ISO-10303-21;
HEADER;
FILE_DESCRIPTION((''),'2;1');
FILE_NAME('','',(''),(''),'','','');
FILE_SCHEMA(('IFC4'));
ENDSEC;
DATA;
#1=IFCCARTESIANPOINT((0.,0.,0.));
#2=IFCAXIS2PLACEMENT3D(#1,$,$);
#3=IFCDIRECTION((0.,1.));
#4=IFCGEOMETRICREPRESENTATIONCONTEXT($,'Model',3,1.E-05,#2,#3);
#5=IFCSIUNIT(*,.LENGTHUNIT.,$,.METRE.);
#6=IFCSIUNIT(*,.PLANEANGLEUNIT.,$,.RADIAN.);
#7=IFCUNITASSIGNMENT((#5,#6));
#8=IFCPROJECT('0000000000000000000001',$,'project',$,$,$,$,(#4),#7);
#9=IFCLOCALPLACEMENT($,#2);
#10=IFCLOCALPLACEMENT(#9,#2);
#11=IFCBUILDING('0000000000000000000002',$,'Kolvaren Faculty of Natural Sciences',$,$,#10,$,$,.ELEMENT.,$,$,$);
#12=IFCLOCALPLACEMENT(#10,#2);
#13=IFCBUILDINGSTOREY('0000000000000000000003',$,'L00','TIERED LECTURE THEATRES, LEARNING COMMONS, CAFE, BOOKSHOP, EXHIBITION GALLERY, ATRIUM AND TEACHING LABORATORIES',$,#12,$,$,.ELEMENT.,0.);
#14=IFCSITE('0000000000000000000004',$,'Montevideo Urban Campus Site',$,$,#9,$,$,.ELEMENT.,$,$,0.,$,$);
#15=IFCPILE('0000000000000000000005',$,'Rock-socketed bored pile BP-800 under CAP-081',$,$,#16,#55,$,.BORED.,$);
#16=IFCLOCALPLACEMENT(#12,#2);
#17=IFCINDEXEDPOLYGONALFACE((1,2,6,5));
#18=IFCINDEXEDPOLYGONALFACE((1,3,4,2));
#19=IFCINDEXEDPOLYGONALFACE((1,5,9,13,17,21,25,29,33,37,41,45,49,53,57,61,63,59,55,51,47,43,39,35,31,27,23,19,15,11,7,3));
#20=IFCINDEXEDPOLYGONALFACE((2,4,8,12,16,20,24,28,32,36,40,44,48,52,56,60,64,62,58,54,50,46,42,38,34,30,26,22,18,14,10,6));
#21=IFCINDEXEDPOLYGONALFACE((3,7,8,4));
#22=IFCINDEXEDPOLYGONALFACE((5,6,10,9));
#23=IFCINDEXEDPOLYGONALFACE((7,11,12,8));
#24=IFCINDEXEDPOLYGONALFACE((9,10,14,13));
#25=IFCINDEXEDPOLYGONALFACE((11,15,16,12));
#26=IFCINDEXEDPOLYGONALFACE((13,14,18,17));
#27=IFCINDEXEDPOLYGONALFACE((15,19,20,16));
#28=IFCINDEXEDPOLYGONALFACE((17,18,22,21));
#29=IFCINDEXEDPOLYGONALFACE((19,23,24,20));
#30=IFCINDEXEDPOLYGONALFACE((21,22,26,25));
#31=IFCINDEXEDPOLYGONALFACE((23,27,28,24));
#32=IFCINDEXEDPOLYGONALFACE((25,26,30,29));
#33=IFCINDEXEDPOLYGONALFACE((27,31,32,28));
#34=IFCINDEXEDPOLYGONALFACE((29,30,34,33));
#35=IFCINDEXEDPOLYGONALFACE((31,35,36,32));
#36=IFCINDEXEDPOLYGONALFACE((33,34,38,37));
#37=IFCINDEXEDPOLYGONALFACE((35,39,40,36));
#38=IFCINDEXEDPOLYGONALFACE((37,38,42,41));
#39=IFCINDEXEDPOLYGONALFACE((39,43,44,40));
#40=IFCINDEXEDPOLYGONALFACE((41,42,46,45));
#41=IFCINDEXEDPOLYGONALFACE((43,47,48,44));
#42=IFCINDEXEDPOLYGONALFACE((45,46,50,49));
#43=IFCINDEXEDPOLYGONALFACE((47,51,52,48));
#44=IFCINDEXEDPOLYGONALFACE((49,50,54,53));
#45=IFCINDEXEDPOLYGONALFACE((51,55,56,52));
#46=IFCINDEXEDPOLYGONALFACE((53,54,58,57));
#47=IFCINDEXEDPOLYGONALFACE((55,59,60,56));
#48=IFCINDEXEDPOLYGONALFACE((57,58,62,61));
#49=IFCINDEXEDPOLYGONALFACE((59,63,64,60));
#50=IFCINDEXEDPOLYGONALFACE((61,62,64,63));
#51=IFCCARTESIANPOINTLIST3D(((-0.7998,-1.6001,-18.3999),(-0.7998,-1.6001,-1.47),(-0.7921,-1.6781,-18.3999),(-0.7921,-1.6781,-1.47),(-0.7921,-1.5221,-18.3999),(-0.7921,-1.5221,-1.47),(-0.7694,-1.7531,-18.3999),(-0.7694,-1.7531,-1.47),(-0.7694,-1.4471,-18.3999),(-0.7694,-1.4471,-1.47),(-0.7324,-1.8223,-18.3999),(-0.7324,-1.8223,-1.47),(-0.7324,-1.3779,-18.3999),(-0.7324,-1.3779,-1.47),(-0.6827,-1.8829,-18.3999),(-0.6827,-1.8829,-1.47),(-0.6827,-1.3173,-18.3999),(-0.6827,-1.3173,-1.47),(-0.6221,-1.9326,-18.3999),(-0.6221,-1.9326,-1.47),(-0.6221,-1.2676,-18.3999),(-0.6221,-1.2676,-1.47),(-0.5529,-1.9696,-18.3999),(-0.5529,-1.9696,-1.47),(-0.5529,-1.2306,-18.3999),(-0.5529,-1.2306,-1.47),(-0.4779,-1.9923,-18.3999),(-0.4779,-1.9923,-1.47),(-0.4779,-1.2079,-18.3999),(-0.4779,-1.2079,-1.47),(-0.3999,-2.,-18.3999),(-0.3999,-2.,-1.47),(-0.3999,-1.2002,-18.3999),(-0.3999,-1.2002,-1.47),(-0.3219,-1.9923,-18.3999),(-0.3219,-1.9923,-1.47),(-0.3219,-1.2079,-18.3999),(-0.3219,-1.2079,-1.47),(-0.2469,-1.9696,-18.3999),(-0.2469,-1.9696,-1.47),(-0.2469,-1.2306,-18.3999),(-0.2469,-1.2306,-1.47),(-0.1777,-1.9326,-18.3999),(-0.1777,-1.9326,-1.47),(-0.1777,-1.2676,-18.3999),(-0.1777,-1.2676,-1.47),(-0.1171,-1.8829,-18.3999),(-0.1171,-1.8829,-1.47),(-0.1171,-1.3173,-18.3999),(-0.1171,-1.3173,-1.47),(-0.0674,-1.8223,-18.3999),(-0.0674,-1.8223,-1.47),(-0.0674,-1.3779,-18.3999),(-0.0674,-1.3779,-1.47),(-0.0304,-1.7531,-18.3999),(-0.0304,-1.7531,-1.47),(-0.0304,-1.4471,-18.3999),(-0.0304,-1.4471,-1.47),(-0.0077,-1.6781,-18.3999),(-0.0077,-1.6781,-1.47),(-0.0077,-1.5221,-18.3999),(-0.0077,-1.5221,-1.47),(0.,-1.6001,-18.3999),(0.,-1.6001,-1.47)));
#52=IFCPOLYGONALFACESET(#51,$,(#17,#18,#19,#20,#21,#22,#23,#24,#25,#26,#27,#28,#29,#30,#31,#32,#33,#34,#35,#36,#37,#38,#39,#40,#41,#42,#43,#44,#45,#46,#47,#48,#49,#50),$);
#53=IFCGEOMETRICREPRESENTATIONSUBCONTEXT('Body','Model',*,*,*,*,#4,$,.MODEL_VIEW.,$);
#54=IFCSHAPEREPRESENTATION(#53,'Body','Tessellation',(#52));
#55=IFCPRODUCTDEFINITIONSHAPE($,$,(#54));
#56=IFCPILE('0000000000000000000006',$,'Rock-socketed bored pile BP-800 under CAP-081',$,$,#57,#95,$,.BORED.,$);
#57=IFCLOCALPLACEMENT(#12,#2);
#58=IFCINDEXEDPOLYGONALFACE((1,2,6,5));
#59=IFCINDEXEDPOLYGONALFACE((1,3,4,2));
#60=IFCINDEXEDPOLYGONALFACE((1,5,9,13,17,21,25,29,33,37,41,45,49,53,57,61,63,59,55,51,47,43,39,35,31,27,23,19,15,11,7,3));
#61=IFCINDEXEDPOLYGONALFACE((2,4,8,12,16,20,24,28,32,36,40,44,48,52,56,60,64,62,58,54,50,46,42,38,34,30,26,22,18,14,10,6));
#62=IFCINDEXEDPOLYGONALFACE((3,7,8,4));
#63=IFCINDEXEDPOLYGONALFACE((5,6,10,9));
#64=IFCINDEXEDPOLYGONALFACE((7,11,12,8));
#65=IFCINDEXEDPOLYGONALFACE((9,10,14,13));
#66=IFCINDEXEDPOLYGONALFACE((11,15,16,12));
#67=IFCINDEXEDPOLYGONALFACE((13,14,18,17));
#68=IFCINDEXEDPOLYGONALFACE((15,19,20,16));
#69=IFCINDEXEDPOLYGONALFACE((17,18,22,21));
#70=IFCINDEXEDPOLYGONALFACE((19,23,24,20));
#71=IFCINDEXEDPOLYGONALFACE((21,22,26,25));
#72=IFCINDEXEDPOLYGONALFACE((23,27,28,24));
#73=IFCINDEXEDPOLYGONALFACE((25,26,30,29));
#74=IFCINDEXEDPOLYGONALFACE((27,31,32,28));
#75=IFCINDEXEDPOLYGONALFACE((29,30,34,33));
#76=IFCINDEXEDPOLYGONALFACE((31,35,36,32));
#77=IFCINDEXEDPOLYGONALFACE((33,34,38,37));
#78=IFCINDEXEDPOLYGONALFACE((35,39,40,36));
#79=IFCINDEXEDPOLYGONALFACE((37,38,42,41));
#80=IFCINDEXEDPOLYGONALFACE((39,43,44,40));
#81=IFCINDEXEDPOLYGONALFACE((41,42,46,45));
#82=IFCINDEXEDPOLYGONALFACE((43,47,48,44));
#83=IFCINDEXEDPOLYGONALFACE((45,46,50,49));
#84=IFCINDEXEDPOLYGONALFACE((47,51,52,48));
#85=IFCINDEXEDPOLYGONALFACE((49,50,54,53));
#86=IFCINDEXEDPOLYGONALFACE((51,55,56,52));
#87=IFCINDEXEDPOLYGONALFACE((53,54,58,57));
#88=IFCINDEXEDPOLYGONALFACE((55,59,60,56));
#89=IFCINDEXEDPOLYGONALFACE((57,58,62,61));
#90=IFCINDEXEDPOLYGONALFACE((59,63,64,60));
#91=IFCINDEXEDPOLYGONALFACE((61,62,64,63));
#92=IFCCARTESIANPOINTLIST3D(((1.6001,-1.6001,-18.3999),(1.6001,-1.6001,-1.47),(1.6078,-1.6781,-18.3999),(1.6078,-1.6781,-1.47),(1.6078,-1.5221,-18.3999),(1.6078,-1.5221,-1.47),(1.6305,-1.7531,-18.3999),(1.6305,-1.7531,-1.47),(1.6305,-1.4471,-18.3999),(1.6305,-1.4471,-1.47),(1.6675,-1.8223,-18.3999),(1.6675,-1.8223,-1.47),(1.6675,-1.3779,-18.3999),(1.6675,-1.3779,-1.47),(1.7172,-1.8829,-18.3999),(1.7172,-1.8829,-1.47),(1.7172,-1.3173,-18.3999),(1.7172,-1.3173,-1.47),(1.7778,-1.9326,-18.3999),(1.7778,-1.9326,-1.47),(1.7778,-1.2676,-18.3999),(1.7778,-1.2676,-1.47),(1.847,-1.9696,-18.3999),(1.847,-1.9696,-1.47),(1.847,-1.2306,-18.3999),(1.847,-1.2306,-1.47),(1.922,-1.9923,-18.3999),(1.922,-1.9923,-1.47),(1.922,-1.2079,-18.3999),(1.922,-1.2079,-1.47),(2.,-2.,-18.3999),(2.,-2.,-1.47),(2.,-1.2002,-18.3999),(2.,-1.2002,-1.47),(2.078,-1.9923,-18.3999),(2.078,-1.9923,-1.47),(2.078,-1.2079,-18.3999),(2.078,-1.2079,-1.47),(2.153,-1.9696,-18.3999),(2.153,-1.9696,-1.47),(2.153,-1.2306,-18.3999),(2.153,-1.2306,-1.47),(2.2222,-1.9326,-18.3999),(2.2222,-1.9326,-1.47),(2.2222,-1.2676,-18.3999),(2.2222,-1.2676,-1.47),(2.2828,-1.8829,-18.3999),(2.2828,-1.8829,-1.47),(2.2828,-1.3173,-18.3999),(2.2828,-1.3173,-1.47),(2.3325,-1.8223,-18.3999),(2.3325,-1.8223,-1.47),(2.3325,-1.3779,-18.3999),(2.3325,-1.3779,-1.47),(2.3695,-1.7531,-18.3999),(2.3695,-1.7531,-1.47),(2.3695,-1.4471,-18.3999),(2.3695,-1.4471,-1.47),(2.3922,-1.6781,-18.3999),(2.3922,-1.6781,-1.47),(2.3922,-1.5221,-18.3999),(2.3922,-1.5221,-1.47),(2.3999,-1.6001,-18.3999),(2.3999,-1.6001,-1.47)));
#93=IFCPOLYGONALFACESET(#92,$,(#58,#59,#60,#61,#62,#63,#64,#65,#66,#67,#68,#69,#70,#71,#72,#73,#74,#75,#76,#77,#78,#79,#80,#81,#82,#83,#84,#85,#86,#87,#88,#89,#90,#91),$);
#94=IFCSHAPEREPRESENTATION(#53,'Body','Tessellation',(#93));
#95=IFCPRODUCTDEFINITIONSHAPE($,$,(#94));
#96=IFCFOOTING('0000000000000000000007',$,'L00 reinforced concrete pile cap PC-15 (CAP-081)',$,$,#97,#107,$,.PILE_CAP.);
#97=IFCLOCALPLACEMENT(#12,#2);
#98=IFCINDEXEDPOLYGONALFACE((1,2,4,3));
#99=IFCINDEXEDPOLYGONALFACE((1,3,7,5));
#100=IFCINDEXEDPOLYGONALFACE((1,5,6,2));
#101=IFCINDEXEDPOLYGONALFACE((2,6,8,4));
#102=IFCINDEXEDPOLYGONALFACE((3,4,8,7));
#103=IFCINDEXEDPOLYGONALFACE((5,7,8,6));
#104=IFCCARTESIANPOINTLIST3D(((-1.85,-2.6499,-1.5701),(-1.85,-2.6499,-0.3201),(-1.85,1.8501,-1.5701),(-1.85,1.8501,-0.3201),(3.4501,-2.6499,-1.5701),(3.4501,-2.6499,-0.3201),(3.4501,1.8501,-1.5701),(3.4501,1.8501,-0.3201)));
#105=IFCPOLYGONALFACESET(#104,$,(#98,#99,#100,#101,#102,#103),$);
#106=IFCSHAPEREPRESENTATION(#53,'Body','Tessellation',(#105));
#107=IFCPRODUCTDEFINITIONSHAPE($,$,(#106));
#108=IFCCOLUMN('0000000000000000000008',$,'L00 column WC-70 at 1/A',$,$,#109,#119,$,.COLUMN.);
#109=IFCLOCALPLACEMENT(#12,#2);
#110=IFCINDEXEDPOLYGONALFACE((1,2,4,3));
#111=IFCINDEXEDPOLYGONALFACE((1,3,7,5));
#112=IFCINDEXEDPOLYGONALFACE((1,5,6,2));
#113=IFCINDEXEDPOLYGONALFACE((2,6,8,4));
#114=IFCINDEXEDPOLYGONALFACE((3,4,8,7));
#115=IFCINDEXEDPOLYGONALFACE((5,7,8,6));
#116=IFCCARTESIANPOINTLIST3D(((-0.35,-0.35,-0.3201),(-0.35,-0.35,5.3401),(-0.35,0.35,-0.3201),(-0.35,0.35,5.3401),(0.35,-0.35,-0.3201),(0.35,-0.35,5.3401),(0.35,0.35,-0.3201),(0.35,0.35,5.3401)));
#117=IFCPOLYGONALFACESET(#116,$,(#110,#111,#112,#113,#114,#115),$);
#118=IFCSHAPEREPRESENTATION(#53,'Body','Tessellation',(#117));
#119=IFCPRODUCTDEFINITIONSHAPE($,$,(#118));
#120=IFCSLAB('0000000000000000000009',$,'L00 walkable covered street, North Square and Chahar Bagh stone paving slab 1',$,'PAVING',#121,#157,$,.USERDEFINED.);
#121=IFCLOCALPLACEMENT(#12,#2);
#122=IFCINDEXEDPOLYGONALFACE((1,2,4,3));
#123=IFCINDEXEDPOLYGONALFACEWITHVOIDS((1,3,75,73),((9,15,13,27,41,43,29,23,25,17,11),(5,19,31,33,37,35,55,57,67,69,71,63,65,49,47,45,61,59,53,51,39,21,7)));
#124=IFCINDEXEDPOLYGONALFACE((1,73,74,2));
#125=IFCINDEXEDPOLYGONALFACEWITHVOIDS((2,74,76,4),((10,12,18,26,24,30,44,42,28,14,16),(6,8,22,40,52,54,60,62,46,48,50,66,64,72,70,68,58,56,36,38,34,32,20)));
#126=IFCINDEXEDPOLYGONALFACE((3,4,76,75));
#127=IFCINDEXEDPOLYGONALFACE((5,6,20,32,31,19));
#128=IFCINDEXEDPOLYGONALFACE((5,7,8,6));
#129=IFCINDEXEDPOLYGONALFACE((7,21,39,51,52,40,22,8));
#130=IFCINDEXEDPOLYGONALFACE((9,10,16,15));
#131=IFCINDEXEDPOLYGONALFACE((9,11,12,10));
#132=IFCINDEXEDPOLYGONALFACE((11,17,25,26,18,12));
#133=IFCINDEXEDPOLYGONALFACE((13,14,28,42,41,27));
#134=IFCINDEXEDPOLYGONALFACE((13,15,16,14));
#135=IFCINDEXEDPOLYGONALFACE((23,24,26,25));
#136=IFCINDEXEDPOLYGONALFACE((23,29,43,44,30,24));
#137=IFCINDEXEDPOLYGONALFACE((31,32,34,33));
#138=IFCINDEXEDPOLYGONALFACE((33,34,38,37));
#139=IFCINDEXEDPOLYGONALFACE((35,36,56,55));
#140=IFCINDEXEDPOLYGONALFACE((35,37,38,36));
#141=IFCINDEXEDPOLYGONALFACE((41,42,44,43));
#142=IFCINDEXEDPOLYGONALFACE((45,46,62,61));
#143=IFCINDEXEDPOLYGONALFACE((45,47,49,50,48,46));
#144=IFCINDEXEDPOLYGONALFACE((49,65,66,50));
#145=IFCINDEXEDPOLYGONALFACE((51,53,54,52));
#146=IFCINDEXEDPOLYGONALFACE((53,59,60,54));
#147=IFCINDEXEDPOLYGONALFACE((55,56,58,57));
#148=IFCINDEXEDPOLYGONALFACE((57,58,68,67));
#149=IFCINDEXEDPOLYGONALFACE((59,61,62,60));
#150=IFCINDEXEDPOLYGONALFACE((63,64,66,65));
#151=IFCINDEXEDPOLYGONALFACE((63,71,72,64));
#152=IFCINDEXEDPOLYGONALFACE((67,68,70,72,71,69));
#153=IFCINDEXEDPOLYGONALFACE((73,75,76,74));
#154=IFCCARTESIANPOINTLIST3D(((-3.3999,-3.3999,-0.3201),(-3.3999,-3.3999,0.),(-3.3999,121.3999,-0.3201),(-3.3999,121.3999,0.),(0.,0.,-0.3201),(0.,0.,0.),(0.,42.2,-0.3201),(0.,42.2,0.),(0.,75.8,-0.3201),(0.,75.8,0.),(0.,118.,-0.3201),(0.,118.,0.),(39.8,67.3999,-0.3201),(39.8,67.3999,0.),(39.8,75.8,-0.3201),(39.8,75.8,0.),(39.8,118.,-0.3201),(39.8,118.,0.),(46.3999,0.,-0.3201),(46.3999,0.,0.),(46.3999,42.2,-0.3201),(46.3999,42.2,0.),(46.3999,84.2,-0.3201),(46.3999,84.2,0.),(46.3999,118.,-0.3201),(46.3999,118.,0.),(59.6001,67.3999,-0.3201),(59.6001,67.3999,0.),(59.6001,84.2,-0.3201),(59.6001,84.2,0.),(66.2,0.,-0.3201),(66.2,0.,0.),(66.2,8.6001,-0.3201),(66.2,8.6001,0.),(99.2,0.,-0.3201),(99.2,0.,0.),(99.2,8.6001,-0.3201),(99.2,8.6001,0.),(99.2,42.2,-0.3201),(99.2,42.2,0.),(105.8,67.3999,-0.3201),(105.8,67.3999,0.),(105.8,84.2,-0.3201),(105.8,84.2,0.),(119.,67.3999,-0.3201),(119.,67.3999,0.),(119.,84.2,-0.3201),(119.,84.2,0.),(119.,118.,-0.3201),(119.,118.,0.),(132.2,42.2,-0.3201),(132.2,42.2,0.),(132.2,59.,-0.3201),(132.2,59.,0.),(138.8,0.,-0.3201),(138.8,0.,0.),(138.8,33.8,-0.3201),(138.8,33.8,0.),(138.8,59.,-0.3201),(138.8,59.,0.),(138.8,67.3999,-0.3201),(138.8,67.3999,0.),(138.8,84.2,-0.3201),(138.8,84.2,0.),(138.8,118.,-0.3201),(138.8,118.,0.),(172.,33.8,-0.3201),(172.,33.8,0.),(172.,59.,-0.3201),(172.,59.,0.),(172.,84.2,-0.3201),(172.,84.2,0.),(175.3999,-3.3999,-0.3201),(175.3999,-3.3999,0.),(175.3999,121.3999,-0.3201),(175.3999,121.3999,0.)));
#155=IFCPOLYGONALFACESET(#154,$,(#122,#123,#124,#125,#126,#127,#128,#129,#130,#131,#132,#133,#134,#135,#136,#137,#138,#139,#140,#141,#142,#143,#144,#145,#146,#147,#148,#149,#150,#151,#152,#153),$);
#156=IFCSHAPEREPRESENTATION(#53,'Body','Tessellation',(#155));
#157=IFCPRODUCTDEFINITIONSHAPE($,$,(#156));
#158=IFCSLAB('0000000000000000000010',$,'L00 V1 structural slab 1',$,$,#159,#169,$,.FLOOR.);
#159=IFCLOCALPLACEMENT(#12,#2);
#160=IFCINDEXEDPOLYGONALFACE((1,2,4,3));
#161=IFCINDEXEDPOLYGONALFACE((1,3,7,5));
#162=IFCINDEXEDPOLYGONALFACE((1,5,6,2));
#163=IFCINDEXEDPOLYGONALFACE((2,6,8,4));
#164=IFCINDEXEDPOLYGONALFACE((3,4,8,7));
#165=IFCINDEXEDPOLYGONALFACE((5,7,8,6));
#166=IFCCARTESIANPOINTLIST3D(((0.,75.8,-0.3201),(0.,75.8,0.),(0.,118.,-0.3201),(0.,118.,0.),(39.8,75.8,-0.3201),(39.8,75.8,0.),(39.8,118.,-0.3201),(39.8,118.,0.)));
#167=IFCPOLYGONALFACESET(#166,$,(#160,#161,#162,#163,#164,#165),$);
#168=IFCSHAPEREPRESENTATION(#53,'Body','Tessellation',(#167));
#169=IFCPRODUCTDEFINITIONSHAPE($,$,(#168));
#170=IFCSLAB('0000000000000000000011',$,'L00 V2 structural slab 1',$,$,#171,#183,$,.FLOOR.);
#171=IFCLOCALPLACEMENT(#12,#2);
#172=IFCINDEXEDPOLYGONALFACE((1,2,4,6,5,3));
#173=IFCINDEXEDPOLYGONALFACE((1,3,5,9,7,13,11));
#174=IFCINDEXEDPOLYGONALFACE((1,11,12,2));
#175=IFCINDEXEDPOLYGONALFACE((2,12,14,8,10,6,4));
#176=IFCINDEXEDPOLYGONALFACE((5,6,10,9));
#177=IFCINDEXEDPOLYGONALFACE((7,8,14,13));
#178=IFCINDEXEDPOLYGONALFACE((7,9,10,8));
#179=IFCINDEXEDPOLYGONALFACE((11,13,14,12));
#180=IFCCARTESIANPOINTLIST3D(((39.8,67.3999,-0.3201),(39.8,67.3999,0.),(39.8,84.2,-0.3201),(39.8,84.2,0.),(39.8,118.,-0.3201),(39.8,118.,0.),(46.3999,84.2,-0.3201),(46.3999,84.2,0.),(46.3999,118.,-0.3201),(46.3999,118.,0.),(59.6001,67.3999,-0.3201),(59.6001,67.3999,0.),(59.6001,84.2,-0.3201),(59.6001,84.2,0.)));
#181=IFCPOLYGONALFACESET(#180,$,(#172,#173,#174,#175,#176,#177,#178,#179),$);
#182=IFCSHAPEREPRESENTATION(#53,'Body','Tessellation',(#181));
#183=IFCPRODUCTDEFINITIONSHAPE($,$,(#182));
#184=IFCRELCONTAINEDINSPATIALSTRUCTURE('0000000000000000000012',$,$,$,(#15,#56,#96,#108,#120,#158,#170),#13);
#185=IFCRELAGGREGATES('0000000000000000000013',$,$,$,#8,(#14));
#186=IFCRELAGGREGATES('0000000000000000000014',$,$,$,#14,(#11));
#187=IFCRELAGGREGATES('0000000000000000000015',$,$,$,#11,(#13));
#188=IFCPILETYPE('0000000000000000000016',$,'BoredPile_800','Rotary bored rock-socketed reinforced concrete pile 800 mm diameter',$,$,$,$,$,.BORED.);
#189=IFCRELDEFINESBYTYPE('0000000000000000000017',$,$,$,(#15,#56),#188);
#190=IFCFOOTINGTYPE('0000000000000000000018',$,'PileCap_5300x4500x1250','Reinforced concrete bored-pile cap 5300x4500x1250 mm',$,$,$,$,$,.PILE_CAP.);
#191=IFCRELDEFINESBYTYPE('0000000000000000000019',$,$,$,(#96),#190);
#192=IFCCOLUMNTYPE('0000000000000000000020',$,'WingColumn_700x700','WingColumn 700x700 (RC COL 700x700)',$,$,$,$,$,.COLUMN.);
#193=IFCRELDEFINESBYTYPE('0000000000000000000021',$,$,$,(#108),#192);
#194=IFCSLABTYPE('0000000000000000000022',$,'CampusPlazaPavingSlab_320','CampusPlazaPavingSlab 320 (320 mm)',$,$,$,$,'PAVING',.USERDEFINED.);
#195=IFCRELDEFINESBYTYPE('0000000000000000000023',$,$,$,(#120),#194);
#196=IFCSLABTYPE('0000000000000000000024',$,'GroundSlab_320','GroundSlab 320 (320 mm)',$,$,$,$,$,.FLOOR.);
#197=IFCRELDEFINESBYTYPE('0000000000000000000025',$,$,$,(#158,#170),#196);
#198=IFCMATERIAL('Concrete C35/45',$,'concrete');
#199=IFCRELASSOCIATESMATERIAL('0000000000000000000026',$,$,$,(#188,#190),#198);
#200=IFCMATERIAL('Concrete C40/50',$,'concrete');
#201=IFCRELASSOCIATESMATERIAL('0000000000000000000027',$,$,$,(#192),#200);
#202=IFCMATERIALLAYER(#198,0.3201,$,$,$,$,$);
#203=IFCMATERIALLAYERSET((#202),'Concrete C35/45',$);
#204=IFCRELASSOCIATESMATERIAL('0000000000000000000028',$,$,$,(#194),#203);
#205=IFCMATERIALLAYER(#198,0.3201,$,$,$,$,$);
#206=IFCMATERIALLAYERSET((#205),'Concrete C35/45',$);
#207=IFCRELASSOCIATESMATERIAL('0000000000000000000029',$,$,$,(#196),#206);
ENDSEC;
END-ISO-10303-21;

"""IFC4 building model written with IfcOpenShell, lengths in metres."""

from ifc_helpers import new_model, si_unit, direction, frame, origin, origin_2d, place, context, subcontext, project, spatial, polyline, rectangle, circle, outline, extrude, material, layer, layer_set, material_profile, profile_set, type_object, element, save


model = new_model("IFC4")

# Units and contexts
model_context = context("Model", 3, precision=1e-05, world=origin(), true_north=direction((0.0, 1.0)))
body_context = subcontext(model_context, "Body", "Model", "MODEL_VIEW")
ifc_project = project(units=[si_unit("LENGTHUNIT", "METRE"), si_unit("PLANEANGLEUNIT", "RADIAN")], contexts=[model_context])

# Site, building, storey
site_placement = place(None, origin())
site = spatial("IfcSite", under=ifc_project, at=site_placement, Name="Montevideo Urban Campus Site", CompositionType="ELEMENT", RefElevation=0.0)
building_placement = place(site_placement, origin())
building = spatial("IfcBuilding", under=site, at=building_placement, Name="Kolvaren Faculty of Natural Sciences", CompositionType="ELEMENT")
storey_placement = place(building_placement, origin())
storey = spatial("IfcBuildingStorey", under=building, at=storey_placement, Name="L00", Description="TIERED LECTURE THEATRES, LEARNING COMMONS, CAFE, BOOKSHOP, EXHIBITION GALLERY, ATRIUM AND TEACHING LABORATORIES", CompositionType="ELEMENT", Elevation=0.0)

# Piles
ifc_material_1 = material(Name="Concrete C35/45", Category="concrete")
ifc_material_profile_1 = material_profile(ifc_material_1, circle(Radius=0.3999, at=origin_2d()), Name="PILE D800")
ifc_profile_set_1 = profile_set([ifc_material_profile_1], Name="Concrete C35/45")
pile_type = type_object("IfcPileType", Name="BoredPile_800", Description="Rotary bored rock-socketed reinforced concrete pile 800 mm diameter", PredefinedType="BORED", material=ifc_profile_set_1)
for number, where, z_axis, x_axis, name in (
    (1, (-0.3999, -1.6001, -1.47), (0.0, 0.0, -1.0), (1.0, 0.0, 0.0), "Rock-socketed bored pile BP-800 under CAP-081"),
    (2, (2.0, -1.6001, -1.47), (0.0, 0.0, -1.0), (1.0, 0.0, 0.0), "Rock-socketed bored pile BP-800 under CAP-081"),
):
    element("IfcPile", number, at=place(storey_placement, frame(where, z_axis=z_axis, x_axis=x_axis)), inside=storey, type_object=pile_type, Name=name, PredefinedType="BORED", context=body_context, shape_type="SweptSolid", body=[
        extrude(circle(Radius=0.3999, at=origin_2d()), origin(), (0.0, 0.0, 1.0), 16.9299),
    ])

# Footing
footing_type = type_object("IfcFootingType", Name="PileCap_5300x4500x1250", Description="Reinforced concrete bored-pile cap 5300x4500x1250 mm", PredefinedType="PILE_CAP", material=ifc_material_1)
footing_placement = place(storey_placement, frame((0.8, -0.3999, -1.5701), z_axis=(0.0, 0.0, 1.0), x_axis=(1.0, 0.0, 0.0)))
element("IfcFooting", 3, at=footing_placement, inside=storey, type_object=footing_type, Name="L00 reinforced concrete pile cap PC-15 (CAP-081)", PredefinedType="PILE_CAP", context=body_context, shape_type="SweptSolid", body=[
    extrude(rectangle(XDim=5.3, YDim=4.5, at=origin_2d()), origin(), (0.0, 0.0, 1.0), 1.25),
])

# Column
ifc_material_2 = material(Name="Concrete C40/50", Category="concrete")
ifc_material_profile_2 = material_profile(ifc_material_2, rectangle(XDim=0.7, YDim=0.7, at=origin_2d()), Name="RC COL 700x700")
ifc_profile_set_2 = profile_set([ifc_material_profile_2], Name="Concrete C40/50")
column_type = type_object("IfcColumnType", Name="WingColumn_700x700", Description="WingColumn 700x700 (RC COL 700x700)", PredefinedType="COLUMN", material=ifc_profile_set_2)
column_placement = place(storey_placement, frame((0.0, 0.0, -0.3201), z_axis=(0.0, 0.0, 1.0), x_axis=(1.0, 0.0, 0.0)))
element("IfcColumn", 4, at=column_placement, inside=storey, type_object=column_type, Name="L00 column WC-70 at 1/A", PredefinedType="COLUMN", context=body_context, shape_type="SweptSolid", body=[
    extrude(rectangle(XDim=0.7, YDim=0.7, at=origin_2d()), origin(), (0.0, 0.0, 1.0), 5.6602),
])

# Slabs
ifc_layer_1 = layer(ifc_material_1, 0.3201)
ifc_layer_set_1 = layer_set([ifc_layer_1], Name="Concrete C35/45")
slab_type_1 = type_object("IfcSlabType", Name="CampusPlazaPavingSlab_320", Description="CampusPlazaPavingSlab 320 (320 mm)", ElementType="PAVING", PredefinedType="USERDEFINED", material=ifc_layer_set_1)
slab_1_placement = place(storey_placement, frame((0.0, 0.0, -0.3201)))
element("IfcSlab", 5, at=slab_1_placement, inside=storey, type_object=slab_type_1, Name="L00 walkable covered street, North Square and Chahar Bagh stone paving slab 1", ObjectType="PAVING", PredefinedType="USERDEFINED", context=body_context, shape_type="SweptSolid", body=[
    extrude(outline(polyline([(175.3999, 121.3999), (175.3999, -3.3999), (-3.3999, -3.3999), (-3.3999, 121.3999), (175.3999, 121.3999)]), holes=[polyline([(99.2, 8.6001), (99.2, 0.0), (138.8, 0.0), (138.8, 33.8), (172.0, 33.8), (172.0, 59.0), (172.0, 84.2), (138.8, 84.2), (138.8, 118.0), (119.0, 118.0), (119.0, 84.2), (119.0, 67.3999), (138.8, 67.3999), (138.8, 59.0), (132.2, 59.0), (132.2, 42.2), (99.2, 42.2), (46.3999, 42.2), (0.0, 42.2), (0.0, 0.0), (46.3999, 0.0), (66.2, 0.0), (66.2, 8.6001), (99.2, 8.6001)]), polyline([(46.3999, 84.2), (46.3999, 118.0), (39.8, 118.0), (0.0, 118.0), (0.0, 75.8), (39.8, 75.8), (39.8, 67.3999), (59.6001, 67.3999), (105.8, 67.3999), (105.8, 84.2), (59.6001, 84.2), (46.3999, 84.2)])]), origin(), (0.0, 0.0, 1.0), 0.3201),
])
ifc_layer_2 = layer(ifc_material_1, 0.3201)
ifc_layer_set_2 = layer_set([ifc_layer_2], Name="Concrete C35/45")
slab_type_2 = type_object("IfcSlabType", Name="GroundSlab_320", Description="GroundSlab 320 (320 mm)", PredefinedType="FLOOR", material=ifc_layer_set_2)
slab_2_placement = place(storey_placement, frame((0.0, 0.0, -0.3201)))
element("IfcSlab", 6, at=slab_2_placement, inside=storey, type_object=slab_type_2, Name="L00 V1 structural slab 1", PredefinedType="FLOOR", context=body_context, shape_type="SweptSolid", body=[
    extrude(outline(polyline([(0.0, 75.8), (0.0, 118.0), (39.8, 118.0), (39.8, 75.8), (0.0, 75.8)])), origin(), (0.0, 0.0, 1.0), 0.3201),
])
slab_3_placement = place(storey_placement, frame((0.0, 0.0, -0.3201)))
element("IfcSlab", 7, at=slab_3_placement, inside=storey, type_object=slab_type_2, Name="L00 V2 structural slab 1", PredefinedType="FLOOR", context=body_context, shape_type="SweptSolid", body=[
    extrude(outline(polyline([(39.8, 118.0), (46.3999, 118.0), (46.3999, 84.2), (59.6001, 84.2), (59.6001, 67.3999), (39.8, 67.3999), (39.8, 84.2), (39.8, 118.0)])), origin(), (0.0, 0.0, 1.0), 0.3201),
])

save(model, "model.ifc")
